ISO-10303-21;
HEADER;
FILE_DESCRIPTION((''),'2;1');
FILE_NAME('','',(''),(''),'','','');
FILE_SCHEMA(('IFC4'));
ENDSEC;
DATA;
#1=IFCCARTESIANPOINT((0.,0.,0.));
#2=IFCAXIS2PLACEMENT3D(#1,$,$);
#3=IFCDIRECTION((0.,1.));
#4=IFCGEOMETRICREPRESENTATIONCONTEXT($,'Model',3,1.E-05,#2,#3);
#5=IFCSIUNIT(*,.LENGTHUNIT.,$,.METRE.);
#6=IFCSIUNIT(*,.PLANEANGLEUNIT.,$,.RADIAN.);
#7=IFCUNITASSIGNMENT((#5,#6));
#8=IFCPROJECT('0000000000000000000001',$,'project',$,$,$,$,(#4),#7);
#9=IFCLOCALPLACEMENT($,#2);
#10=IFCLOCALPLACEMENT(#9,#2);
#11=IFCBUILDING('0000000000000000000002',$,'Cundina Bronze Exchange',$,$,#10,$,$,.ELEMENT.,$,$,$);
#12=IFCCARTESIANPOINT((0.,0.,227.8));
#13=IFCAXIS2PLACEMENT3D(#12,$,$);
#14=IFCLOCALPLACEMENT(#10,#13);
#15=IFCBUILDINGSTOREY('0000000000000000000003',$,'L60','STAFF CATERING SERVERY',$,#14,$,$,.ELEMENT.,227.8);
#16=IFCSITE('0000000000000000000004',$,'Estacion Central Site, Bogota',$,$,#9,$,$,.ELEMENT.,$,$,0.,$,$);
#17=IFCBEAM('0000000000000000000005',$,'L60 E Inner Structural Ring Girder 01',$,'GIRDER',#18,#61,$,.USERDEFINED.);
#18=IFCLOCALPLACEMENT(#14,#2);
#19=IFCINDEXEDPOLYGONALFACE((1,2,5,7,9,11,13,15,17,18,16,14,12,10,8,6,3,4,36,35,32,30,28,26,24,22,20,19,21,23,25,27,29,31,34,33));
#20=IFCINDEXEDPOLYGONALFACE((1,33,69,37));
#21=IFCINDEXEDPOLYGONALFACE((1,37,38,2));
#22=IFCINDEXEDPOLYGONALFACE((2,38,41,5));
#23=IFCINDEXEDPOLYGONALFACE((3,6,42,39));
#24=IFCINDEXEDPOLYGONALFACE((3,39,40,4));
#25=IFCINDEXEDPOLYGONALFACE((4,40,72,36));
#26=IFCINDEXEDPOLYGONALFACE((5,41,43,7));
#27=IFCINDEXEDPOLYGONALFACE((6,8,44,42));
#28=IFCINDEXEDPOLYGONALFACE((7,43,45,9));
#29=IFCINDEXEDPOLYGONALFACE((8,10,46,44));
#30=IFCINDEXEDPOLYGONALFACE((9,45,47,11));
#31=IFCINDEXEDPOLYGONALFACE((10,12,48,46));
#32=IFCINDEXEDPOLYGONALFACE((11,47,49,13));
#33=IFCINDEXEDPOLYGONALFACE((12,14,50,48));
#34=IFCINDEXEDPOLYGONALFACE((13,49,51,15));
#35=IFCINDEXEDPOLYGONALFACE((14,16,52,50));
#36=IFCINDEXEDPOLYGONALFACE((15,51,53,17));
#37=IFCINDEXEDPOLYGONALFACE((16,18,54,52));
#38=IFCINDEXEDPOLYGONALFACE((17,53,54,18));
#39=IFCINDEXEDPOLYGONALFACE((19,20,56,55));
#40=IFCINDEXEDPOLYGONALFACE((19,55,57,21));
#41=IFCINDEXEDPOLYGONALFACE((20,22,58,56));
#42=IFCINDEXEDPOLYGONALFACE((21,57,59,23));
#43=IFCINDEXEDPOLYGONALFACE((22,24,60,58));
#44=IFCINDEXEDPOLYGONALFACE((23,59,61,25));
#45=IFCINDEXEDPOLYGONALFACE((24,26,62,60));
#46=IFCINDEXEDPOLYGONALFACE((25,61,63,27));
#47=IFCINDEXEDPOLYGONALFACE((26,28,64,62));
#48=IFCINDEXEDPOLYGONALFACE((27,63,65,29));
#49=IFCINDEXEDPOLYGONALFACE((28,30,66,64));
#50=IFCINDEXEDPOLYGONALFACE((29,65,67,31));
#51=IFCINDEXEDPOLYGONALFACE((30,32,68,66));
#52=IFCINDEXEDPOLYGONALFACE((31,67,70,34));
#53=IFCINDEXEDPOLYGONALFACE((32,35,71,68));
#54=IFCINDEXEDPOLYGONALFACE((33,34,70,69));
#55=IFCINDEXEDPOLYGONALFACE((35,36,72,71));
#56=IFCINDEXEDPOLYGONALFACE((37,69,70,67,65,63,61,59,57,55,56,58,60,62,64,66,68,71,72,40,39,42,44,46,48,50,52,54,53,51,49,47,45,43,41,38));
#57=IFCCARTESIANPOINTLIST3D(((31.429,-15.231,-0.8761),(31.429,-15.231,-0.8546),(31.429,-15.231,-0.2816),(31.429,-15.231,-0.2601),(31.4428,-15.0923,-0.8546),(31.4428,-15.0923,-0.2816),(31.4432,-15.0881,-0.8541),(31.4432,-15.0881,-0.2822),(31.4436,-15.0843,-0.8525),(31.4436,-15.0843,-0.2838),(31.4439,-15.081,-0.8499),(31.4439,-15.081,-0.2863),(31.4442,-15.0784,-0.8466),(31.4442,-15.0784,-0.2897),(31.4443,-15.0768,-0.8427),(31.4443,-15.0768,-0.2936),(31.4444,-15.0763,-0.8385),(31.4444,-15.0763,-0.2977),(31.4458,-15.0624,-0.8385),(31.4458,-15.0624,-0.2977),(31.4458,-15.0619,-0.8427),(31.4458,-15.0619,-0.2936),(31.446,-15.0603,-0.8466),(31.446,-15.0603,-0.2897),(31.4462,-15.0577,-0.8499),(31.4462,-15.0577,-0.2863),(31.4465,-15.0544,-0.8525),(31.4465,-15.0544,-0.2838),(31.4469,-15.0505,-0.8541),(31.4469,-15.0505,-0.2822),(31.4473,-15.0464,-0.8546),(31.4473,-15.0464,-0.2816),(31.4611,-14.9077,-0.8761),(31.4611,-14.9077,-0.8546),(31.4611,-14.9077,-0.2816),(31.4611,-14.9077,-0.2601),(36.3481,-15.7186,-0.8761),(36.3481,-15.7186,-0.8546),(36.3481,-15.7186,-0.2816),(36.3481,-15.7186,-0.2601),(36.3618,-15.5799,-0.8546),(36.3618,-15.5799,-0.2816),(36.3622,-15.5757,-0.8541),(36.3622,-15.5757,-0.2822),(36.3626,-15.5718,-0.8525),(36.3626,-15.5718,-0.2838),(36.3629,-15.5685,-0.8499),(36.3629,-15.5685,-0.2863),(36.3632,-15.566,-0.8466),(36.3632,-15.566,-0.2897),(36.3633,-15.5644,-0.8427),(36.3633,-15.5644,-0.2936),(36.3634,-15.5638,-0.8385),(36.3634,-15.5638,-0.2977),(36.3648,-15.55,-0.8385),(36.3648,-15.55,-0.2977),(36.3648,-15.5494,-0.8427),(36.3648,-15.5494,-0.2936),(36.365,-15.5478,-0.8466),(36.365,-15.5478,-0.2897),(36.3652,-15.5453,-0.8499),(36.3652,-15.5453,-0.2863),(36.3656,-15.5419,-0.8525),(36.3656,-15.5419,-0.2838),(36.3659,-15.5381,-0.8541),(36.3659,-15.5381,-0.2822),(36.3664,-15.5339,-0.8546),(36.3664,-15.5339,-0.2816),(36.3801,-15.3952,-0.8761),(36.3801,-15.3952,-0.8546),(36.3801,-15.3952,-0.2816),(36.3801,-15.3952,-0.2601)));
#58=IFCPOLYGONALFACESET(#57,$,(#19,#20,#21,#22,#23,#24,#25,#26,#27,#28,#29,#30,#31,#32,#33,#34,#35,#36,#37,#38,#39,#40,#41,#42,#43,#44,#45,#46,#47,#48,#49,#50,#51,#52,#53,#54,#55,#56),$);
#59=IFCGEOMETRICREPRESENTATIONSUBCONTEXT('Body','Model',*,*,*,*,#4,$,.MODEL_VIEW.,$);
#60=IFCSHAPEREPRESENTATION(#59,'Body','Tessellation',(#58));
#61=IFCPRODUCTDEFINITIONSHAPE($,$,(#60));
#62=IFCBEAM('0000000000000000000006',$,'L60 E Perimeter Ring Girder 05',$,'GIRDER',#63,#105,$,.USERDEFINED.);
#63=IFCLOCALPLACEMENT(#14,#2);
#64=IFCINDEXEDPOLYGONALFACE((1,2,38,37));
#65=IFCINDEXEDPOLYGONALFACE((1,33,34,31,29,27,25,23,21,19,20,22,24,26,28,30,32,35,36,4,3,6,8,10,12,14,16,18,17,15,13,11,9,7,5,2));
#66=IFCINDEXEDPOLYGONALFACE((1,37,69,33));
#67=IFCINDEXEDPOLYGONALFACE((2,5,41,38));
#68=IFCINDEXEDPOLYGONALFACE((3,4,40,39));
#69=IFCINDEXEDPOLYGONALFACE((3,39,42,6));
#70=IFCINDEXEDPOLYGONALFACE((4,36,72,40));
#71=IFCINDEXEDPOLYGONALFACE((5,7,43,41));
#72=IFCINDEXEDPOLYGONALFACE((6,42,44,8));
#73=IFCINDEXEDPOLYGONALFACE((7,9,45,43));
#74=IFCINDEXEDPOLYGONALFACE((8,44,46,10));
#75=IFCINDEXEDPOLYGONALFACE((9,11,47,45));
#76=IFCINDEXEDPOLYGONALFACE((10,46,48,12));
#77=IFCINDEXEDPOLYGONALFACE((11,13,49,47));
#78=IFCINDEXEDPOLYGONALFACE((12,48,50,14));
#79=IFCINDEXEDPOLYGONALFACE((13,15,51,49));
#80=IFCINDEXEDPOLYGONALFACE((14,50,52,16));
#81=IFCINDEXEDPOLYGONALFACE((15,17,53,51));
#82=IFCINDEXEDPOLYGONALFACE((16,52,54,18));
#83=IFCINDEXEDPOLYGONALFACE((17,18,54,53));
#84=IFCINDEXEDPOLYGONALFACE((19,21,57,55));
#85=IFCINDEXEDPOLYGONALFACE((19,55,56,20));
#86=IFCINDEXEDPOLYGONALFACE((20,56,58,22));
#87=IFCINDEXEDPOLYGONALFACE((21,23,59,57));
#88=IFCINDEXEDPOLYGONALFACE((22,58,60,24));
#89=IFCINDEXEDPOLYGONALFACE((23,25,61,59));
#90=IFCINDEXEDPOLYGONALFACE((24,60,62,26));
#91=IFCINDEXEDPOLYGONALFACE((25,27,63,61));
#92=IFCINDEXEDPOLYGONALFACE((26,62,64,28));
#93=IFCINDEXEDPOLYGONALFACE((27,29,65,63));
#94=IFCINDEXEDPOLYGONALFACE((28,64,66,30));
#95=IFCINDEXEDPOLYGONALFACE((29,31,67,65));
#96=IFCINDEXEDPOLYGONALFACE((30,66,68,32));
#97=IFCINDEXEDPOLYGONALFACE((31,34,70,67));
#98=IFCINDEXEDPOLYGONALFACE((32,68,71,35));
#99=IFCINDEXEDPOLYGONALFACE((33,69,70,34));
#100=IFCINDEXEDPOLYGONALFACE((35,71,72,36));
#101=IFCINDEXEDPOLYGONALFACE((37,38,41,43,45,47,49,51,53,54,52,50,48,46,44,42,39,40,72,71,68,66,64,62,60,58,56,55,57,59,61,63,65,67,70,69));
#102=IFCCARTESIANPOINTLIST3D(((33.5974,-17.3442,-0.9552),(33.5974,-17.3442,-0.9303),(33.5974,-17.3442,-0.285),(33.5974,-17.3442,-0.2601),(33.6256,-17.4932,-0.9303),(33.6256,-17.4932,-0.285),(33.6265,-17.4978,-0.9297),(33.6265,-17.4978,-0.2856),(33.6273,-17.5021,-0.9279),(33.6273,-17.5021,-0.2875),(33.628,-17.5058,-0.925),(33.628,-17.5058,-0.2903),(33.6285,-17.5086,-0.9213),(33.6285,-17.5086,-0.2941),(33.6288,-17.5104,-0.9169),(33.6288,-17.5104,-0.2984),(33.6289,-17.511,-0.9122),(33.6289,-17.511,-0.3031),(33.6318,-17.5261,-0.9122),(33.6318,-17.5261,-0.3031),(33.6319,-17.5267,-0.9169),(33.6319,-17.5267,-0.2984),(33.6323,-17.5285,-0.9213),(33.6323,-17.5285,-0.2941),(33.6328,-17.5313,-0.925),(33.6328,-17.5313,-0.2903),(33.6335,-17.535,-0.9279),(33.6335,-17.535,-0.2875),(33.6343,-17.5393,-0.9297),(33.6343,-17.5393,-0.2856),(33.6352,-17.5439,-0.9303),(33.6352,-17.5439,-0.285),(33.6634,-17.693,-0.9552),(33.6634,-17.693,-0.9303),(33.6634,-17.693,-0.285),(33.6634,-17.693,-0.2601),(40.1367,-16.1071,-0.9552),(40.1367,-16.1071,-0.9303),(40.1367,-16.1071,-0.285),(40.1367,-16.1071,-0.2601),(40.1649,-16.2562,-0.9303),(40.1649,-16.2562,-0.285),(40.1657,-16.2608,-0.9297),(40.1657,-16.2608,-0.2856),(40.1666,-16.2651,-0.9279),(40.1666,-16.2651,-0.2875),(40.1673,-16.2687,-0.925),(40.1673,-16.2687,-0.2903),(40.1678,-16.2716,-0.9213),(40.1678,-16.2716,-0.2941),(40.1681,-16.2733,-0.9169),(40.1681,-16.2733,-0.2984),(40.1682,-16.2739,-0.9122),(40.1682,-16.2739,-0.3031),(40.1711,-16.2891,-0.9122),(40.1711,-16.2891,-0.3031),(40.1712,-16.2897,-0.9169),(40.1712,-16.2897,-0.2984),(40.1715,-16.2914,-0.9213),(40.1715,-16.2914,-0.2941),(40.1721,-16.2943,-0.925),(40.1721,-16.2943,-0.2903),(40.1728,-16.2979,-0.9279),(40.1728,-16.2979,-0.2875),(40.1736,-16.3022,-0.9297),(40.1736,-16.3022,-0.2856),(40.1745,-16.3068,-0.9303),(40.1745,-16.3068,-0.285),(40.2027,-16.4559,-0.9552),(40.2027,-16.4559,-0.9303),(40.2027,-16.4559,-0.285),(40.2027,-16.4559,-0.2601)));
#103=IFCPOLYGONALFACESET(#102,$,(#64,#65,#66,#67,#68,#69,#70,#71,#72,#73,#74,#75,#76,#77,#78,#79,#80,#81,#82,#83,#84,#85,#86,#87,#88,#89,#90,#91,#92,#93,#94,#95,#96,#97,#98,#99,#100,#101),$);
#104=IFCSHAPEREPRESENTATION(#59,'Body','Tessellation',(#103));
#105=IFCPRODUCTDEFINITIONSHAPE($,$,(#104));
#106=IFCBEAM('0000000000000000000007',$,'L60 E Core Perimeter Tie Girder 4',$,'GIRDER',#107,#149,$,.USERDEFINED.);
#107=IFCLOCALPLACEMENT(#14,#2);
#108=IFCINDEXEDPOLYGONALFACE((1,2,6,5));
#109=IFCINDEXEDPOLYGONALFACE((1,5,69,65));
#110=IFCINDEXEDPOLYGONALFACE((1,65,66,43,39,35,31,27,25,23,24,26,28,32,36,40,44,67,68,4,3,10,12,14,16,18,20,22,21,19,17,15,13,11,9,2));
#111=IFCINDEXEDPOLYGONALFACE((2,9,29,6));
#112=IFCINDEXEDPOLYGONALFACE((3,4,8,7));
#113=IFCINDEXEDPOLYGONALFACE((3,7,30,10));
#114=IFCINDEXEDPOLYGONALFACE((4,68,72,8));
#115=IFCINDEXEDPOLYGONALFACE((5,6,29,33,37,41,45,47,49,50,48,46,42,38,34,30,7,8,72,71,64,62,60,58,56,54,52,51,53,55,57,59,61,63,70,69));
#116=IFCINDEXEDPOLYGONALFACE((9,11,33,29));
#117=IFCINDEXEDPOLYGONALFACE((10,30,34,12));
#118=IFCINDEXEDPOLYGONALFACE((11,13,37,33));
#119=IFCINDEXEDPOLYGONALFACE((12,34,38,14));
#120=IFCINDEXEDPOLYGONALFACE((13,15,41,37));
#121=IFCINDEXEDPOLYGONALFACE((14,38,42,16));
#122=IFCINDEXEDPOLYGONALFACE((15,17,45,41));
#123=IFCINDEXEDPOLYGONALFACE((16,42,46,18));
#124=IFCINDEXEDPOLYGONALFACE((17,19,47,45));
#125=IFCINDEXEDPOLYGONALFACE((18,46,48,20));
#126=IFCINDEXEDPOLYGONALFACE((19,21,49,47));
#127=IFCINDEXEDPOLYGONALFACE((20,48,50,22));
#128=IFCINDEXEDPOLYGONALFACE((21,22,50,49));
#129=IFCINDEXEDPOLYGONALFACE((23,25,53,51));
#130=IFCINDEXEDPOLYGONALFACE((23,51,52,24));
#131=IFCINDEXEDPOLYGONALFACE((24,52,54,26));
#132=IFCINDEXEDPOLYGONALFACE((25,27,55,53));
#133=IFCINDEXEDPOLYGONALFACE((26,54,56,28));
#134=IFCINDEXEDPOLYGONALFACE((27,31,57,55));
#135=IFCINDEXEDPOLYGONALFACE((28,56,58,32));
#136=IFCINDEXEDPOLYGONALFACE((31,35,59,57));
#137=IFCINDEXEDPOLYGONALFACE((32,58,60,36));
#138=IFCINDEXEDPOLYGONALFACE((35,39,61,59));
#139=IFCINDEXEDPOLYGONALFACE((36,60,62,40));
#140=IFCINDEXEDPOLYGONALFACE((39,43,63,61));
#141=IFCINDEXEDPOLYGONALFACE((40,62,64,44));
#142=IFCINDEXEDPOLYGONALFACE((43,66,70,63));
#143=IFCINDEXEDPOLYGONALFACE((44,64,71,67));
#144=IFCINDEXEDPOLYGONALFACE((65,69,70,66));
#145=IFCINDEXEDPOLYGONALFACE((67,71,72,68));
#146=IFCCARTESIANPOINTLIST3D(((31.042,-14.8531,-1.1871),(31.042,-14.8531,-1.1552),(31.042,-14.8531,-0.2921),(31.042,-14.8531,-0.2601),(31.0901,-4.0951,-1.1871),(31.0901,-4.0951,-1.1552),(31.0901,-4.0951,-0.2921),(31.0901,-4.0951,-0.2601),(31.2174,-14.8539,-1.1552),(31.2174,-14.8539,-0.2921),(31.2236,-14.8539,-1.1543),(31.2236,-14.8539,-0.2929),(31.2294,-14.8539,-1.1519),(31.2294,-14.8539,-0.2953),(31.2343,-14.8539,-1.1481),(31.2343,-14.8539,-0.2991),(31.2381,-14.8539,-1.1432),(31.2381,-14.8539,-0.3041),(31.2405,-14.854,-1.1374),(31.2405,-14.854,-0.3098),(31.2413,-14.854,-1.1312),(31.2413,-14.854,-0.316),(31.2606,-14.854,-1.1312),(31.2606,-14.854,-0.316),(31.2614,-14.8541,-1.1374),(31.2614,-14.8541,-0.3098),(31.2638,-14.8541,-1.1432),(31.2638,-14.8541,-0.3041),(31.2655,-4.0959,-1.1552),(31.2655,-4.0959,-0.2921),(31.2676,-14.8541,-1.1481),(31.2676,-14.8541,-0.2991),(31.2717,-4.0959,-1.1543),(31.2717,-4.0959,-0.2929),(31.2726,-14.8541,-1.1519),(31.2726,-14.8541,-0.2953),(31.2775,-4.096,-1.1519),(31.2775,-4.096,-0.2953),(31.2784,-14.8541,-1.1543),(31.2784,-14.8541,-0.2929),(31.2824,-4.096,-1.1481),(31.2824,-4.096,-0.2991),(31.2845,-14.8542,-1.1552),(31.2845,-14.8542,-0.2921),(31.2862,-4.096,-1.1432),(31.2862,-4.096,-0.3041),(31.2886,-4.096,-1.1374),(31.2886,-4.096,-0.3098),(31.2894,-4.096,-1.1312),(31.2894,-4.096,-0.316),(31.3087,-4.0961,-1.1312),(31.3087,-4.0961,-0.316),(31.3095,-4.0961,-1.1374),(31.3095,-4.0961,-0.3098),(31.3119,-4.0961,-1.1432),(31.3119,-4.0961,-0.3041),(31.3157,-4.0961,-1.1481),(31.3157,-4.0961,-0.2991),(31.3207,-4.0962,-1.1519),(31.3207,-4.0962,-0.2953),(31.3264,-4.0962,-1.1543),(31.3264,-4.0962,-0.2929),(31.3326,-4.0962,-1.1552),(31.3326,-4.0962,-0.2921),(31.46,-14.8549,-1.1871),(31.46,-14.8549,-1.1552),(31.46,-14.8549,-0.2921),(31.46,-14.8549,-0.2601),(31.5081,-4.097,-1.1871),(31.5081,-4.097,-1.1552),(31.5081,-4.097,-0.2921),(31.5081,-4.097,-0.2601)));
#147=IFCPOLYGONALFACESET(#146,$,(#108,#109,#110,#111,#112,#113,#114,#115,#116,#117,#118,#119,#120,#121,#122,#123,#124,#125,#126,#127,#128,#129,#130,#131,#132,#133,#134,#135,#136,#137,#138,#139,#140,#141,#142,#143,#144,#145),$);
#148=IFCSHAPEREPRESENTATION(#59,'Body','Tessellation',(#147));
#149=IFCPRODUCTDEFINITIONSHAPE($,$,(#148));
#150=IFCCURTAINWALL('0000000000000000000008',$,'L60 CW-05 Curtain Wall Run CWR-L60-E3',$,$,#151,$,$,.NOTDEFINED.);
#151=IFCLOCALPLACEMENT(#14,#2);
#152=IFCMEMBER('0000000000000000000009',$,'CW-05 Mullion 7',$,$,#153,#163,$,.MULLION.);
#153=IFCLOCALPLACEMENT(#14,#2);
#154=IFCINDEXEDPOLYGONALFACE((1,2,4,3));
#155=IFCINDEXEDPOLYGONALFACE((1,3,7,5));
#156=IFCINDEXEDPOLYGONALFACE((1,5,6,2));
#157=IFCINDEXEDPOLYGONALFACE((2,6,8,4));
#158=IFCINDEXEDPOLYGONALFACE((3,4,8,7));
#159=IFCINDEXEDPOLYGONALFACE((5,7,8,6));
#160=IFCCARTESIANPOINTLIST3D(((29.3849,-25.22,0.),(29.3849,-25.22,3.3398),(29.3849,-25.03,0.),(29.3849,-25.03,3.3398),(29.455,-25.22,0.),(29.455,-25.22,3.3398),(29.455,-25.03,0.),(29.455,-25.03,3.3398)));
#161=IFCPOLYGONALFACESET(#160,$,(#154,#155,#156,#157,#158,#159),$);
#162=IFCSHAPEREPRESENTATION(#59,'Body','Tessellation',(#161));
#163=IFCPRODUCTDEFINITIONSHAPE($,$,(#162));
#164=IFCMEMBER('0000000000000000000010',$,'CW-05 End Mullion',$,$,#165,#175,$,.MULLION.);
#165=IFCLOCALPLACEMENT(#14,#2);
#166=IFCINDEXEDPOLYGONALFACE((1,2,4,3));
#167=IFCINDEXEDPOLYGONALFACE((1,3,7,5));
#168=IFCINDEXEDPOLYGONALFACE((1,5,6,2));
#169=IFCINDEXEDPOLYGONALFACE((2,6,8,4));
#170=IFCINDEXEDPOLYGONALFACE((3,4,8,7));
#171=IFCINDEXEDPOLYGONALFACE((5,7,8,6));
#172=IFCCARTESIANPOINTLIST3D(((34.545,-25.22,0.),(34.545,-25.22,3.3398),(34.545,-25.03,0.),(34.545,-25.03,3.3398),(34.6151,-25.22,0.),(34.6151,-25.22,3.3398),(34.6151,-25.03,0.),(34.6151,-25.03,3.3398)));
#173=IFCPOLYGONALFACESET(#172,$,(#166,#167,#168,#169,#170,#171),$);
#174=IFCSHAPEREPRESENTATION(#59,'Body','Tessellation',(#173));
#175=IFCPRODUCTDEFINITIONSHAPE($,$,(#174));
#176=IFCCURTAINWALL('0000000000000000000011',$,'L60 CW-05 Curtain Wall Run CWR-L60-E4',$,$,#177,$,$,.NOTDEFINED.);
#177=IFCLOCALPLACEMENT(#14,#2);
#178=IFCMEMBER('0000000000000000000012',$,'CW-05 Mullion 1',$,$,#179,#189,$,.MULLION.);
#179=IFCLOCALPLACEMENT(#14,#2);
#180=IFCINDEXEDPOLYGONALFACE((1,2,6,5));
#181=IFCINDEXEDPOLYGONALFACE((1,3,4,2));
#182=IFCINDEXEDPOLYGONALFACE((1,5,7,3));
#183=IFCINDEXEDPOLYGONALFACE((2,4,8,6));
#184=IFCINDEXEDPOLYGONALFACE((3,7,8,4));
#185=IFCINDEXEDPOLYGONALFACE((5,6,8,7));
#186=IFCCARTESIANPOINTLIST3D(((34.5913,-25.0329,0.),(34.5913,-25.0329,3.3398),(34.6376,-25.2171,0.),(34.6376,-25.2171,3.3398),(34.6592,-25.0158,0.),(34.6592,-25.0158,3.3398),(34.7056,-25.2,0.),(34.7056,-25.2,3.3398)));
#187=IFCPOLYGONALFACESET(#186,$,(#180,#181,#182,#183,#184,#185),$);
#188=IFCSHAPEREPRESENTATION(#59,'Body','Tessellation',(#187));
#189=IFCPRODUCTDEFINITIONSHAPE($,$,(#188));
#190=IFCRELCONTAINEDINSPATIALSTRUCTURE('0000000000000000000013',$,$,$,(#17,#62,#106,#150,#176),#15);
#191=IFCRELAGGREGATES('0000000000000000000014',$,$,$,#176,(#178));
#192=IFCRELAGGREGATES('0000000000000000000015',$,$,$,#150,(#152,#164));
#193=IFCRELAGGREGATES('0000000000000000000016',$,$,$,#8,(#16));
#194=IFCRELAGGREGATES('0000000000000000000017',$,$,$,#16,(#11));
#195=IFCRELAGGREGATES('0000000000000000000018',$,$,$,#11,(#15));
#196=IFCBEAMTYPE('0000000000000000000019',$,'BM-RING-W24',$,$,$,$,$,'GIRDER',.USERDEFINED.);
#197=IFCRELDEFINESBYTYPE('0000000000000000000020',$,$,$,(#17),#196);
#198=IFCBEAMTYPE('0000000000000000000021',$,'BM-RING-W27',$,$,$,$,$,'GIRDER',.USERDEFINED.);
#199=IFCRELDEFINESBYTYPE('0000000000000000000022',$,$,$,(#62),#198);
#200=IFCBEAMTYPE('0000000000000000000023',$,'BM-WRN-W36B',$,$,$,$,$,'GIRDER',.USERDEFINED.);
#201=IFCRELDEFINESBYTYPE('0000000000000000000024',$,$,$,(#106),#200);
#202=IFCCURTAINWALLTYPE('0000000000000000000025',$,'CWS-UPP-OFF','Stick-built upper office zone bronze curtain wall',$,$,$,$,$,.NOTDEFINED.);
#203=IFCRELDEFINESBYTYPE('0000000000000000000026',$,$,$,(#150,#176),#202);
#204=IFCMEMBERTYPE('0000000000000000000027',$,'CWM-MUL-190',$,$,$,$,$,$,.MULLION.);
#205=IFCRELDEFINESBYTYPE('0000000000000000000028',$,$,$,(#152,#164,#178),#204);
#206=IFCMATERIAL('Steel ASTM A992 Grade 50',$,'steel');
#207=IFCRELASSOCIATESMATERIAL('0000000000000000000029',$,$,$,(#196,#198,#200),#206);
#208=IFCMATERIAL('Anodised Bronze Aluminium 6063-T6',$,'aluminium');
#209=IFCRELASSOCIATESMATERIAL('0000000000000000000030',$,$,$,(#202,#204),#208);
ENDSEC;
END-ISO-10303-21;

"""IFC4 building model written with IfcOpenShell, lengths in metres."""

from ifc_helpers import new_model, si_unit, direction, frame, origin, origin_2d, place, context, subcontext, project, spatial, rectangle, i_section, extrude, material, material_profile, profile_set, type_object, element, aggregate, save


model = new_model("IFC4")

# Units and contexts
model_context = context("Model", 3, precision=1e-05, world=origin(), true_north=direction((0.0, 1.0)))
body_context = subcontext(model_context, "Body", "Model", "MODEL_VIEW")
ifc_project = project(units=[si_unit("LENGTHUNIT", "METRE"), si_unit("PLANEANGLEUNIT", "RADIAN")], contexts=[model_context])

# Site, building, storey
site_placement = place(None, origin())
site = spatial("IfcSite", under=ifc_project, at=site_placement, Name="Estacion Central Site, Bogota", CompositionType="ELEMENT", RefElevation=0.0)
building_placement = place(site_placement, origin())
building = spatial("IfcBuilding", under=site, at=building_placement, Name="Cundina Bronze Exchange", CompositionType="ELEMENT")
storey_placement = place(building_placement, frame((0.0, 0.0, 227.8)))
storey = spatial("IfcBuildingStorey", under=building, at=storey_placement, Name="L60", Description="STAFF CATERING SERVERY", CompositionType="ELEMENT", Elevation=227.8)

# Shared definitions
ifc_material_1 = material(Name="Steel ASTM A992 Grade 50", Category="steel")

# Beams
ifc_material_profile_1 = material_profile(ifc_material_1, i_section(OverallWidth=0.325, OverallDepth=0.616, WebThickness=0.0139, FlangeThickness=0.0215, FilletRadius=0.0161, at=origin_2d()), Name="W24X117", Category="steel")
ifc_profile_set_1 = profile_set([ifc_material_profile_1], Name="Steel ASTM A992 Grade 50")
beam_type_1 = type_object("IfcBeamType", Name="BM-RING-W24", ElementType="GIRDER", PredefinedType="USERDEFINED", material=ifc_profile_set_1)
beam_1_placement = place(storey_placement, frame((31.4451, -15.0693, -0.5681), z_axis=(0.995124, -0.098633, 0.0), x_axis=(0.098633, 0.995124, 0.0)))
element("IfcBeam", 1, at=beam_1_placement, inside=storey, type_object=beam_type_1, Name="L60 E Inner Structural Ring Girder 01", ObjectType="GIRDER", PredefinedType="USERDEFINED", context=body_context, shape_type="SweptSolid", body=[
    extrude(i_section(OverallWidth=0.325, OverallDepth=0.616, WebThickness=0.0139, FlangeThickness=0.0215, FilletRadius=0.0161, at=origin_2d()), origin(), (0.0, 0.0, 1.0), 4.9431),
])
ifc_material_profile_2 = material_profile(ifc_material_1, i_section(OverallWidth=0.355, OverallDepth=0.6951, WebThickness=0.0154, FlangeThickness=0.0249, FilletRadius=0.0181, at=origin_2d()), Name="W27X146", Category="steel")
ifc_profile_set_2 = profile_set([ifc_material_profile_2], Name="Steel ASTM A992 Grade 50")
beam_type_2 = type_object("IfcBeamType", Name="BM-RING-W27", ElementType="GIRDER", PredefinedType="USERDEFINED", material=ifc_profile_set_2)
beam_2_placement = place(storey_placement, frame((33.6304, -17.5186, -0.6077), z_axis=(0.982573, 0.185876, 0.0), x_axis=(-0.185876, 0.982573, 0.0)))
element("IfcBeam", 2, at=beam_2_placement, inside=storey, type_object=beam_type_2, Name="L60 E Perimeter Ring Girder 05", ObjectType="GIRDER", PredefinedType="USERDEFINED", context=body_context, shape_type="SweptSolid", body=[
    extrude(i_section(OverallWidth=0.355, OverallDepth=0.6951, WebThickness=0.0154, FlangeThickness=0.0249, FilletRadius=0.0181, at=origin_2d()), origin(), (0.0, 0.0, 1.0), 6.6553),
])
ifc_material_profile_3 = material_profile(ifc_material_1, i_section(OverallWidth=0.418, OverallDepth=0.927, WebThickness=0.0193, FlangeThickness=0.032, FilletRadius=0.0239, at=origin_2d()), Name="W36X231", Category="steel")
ifc_profile_set_3 = profile_set([ifc_material_profile_3], Name="Steel ASTM A992 Grade 50")
beam_type_3 = type_object("IfcBeamType", Name="BM-WRN-W36B", ElementType="GIRDER", PredefinedType="USERDEFINED", material=ifc_profile_set_3)
beam_3_placement = place(storey_placement, frame((31.251, -14.854, -0.7236), z_axis=(0.004471, 0.99999, 0.0), x_axis=(-0.99999, 0.004471, 0.0)))
element("IfcBeam", 3, at=beam_3_placement, inside=storey, type_object=beam_type_3, Name="L60 E Core Perimeter Tie Girder 4", ObjectType="GIRDER", PredefinedType="USERDEFINED", context=body_context, shape_type="SweptSolid", body=[
    extrude(i_section(OverallWidth=0.418, OverallDepth=0.927, WebThickness=0.0193, FlangeThickness=0.032, FilletRadius=0.0239, at=origin_2d()), origin(), (0.0, 0.0, 1.0), 10.7581),
])

# Curtain wall, members
ifc_material_2 = material(Name="Anodised Bronze Aluminium 6063-T6", Category="aluminium")
curtain_wall_type = type_object("IfcCurtainWallType", Name="CWS-UPP-OFF", Description="Stick-built upper office zone bronze curtain wall", PredefinedType="NOTDEFINED", material=ifc_material_2)
curtain_wall_1_placement = place(storey_placement, origin())
curtain_wall_1 = element("IfcCurtainWall", 4, at=curtain_wall_1_placement, inside=storey, type_object=curtain_wall_type, Name="L60 CW-05 Curtain Wall Run CWR-L60-E3", PredefinedType="NOTDEFINED")
ifc_material_profile_4 = material_profile(ifc_material_2, rectangle(XDim=0.0701, YDim=0.1899, at=origin_2d()), Name="AL70X190", Category="aluminium")
ifc_profile_set_4 = profile_set([ifc_material_profile_4], Name="Anodised Bronze Aluminium 6063-T6")
member_type_1 = type_object("IfcMemberType", Name="CWM-MUL-190", PredefinedType="MULLION", material=ifc_profile_set_4)
member_1_placement = place(storey_placement, frame((29.4199, -25.125, 0.0), z_axis=(0.0, 0.0, 1.0), x_axis=(1.0, 0.0, 0.0)))
member_1 = element("IfcMember", 5, at=member_1_placement, type_object=member_type_1, Name="CW-05 Mullion 7", PredefinedType="MULLION", context=body_context, shape_type="SweptSolid", body=[
    extrude(rectangle(XDim=0.0701, YDim=0.1899, at=origin_2d()), origin(), (0.0, 0.0, 1.0), 3.3398),
])
member_2_placement = place(storey_placement, frame((34.5801, -25.125, 0.0), z_axis=(0.0, 0.0, 1.0), x_axis=(1.0, 0.0, 0.0)))
member_2 = element("IfcMember", 6, at=member_2_placement, type_object=member_type_1, Name="CW-05 End Mullion", PredefinedType="MULLION", context=body_context, shape_type="SweptSolid", body=[
    extrude(rectangle(XDim=0.0701, YDim=0.1899, at=origin_2d()), origin(), (0.0, 0.0, 1.0), 3.3398),
])

# Curtain wall, member
curtain_wall_2_placement = place(storey_placement, origin())
curtain_wall_2 = element("IfcCurtainWall", 7, at=curtain_wall_2_placement, inside=storey, type_object=curtain_wall_type, Name="L60 CW-05 Curtain Wall Run CWR-L60-E4", PredefinedType="NOTDEFINED")
member_3_placement = place(storey_placement, frame((34.6484, -25.1165, 0.0), z_axis=(0.0, 0.0, 1.0), x_axis=(0.969744, 0.244123, 0.0)))
member_3 = element("IfcMember", 8, at=member_3_placement, type_object=member_type_1, Name="CW-05 Mullion 1", PredefinedType="MULLION", context=body_context, shape_type="SweptSolid", body=[
    extrude(rectangle(XDim=0.0701, YDim=0.1899, at=origin_2d()), origin(), (0.0, 0.0, 1.0), 3.3398),
])
aggregate(curtain_wall_2, [member_3])

aggregate(curtain_wall_1, [member_1, member_2])

save(model, "model.ifc")
